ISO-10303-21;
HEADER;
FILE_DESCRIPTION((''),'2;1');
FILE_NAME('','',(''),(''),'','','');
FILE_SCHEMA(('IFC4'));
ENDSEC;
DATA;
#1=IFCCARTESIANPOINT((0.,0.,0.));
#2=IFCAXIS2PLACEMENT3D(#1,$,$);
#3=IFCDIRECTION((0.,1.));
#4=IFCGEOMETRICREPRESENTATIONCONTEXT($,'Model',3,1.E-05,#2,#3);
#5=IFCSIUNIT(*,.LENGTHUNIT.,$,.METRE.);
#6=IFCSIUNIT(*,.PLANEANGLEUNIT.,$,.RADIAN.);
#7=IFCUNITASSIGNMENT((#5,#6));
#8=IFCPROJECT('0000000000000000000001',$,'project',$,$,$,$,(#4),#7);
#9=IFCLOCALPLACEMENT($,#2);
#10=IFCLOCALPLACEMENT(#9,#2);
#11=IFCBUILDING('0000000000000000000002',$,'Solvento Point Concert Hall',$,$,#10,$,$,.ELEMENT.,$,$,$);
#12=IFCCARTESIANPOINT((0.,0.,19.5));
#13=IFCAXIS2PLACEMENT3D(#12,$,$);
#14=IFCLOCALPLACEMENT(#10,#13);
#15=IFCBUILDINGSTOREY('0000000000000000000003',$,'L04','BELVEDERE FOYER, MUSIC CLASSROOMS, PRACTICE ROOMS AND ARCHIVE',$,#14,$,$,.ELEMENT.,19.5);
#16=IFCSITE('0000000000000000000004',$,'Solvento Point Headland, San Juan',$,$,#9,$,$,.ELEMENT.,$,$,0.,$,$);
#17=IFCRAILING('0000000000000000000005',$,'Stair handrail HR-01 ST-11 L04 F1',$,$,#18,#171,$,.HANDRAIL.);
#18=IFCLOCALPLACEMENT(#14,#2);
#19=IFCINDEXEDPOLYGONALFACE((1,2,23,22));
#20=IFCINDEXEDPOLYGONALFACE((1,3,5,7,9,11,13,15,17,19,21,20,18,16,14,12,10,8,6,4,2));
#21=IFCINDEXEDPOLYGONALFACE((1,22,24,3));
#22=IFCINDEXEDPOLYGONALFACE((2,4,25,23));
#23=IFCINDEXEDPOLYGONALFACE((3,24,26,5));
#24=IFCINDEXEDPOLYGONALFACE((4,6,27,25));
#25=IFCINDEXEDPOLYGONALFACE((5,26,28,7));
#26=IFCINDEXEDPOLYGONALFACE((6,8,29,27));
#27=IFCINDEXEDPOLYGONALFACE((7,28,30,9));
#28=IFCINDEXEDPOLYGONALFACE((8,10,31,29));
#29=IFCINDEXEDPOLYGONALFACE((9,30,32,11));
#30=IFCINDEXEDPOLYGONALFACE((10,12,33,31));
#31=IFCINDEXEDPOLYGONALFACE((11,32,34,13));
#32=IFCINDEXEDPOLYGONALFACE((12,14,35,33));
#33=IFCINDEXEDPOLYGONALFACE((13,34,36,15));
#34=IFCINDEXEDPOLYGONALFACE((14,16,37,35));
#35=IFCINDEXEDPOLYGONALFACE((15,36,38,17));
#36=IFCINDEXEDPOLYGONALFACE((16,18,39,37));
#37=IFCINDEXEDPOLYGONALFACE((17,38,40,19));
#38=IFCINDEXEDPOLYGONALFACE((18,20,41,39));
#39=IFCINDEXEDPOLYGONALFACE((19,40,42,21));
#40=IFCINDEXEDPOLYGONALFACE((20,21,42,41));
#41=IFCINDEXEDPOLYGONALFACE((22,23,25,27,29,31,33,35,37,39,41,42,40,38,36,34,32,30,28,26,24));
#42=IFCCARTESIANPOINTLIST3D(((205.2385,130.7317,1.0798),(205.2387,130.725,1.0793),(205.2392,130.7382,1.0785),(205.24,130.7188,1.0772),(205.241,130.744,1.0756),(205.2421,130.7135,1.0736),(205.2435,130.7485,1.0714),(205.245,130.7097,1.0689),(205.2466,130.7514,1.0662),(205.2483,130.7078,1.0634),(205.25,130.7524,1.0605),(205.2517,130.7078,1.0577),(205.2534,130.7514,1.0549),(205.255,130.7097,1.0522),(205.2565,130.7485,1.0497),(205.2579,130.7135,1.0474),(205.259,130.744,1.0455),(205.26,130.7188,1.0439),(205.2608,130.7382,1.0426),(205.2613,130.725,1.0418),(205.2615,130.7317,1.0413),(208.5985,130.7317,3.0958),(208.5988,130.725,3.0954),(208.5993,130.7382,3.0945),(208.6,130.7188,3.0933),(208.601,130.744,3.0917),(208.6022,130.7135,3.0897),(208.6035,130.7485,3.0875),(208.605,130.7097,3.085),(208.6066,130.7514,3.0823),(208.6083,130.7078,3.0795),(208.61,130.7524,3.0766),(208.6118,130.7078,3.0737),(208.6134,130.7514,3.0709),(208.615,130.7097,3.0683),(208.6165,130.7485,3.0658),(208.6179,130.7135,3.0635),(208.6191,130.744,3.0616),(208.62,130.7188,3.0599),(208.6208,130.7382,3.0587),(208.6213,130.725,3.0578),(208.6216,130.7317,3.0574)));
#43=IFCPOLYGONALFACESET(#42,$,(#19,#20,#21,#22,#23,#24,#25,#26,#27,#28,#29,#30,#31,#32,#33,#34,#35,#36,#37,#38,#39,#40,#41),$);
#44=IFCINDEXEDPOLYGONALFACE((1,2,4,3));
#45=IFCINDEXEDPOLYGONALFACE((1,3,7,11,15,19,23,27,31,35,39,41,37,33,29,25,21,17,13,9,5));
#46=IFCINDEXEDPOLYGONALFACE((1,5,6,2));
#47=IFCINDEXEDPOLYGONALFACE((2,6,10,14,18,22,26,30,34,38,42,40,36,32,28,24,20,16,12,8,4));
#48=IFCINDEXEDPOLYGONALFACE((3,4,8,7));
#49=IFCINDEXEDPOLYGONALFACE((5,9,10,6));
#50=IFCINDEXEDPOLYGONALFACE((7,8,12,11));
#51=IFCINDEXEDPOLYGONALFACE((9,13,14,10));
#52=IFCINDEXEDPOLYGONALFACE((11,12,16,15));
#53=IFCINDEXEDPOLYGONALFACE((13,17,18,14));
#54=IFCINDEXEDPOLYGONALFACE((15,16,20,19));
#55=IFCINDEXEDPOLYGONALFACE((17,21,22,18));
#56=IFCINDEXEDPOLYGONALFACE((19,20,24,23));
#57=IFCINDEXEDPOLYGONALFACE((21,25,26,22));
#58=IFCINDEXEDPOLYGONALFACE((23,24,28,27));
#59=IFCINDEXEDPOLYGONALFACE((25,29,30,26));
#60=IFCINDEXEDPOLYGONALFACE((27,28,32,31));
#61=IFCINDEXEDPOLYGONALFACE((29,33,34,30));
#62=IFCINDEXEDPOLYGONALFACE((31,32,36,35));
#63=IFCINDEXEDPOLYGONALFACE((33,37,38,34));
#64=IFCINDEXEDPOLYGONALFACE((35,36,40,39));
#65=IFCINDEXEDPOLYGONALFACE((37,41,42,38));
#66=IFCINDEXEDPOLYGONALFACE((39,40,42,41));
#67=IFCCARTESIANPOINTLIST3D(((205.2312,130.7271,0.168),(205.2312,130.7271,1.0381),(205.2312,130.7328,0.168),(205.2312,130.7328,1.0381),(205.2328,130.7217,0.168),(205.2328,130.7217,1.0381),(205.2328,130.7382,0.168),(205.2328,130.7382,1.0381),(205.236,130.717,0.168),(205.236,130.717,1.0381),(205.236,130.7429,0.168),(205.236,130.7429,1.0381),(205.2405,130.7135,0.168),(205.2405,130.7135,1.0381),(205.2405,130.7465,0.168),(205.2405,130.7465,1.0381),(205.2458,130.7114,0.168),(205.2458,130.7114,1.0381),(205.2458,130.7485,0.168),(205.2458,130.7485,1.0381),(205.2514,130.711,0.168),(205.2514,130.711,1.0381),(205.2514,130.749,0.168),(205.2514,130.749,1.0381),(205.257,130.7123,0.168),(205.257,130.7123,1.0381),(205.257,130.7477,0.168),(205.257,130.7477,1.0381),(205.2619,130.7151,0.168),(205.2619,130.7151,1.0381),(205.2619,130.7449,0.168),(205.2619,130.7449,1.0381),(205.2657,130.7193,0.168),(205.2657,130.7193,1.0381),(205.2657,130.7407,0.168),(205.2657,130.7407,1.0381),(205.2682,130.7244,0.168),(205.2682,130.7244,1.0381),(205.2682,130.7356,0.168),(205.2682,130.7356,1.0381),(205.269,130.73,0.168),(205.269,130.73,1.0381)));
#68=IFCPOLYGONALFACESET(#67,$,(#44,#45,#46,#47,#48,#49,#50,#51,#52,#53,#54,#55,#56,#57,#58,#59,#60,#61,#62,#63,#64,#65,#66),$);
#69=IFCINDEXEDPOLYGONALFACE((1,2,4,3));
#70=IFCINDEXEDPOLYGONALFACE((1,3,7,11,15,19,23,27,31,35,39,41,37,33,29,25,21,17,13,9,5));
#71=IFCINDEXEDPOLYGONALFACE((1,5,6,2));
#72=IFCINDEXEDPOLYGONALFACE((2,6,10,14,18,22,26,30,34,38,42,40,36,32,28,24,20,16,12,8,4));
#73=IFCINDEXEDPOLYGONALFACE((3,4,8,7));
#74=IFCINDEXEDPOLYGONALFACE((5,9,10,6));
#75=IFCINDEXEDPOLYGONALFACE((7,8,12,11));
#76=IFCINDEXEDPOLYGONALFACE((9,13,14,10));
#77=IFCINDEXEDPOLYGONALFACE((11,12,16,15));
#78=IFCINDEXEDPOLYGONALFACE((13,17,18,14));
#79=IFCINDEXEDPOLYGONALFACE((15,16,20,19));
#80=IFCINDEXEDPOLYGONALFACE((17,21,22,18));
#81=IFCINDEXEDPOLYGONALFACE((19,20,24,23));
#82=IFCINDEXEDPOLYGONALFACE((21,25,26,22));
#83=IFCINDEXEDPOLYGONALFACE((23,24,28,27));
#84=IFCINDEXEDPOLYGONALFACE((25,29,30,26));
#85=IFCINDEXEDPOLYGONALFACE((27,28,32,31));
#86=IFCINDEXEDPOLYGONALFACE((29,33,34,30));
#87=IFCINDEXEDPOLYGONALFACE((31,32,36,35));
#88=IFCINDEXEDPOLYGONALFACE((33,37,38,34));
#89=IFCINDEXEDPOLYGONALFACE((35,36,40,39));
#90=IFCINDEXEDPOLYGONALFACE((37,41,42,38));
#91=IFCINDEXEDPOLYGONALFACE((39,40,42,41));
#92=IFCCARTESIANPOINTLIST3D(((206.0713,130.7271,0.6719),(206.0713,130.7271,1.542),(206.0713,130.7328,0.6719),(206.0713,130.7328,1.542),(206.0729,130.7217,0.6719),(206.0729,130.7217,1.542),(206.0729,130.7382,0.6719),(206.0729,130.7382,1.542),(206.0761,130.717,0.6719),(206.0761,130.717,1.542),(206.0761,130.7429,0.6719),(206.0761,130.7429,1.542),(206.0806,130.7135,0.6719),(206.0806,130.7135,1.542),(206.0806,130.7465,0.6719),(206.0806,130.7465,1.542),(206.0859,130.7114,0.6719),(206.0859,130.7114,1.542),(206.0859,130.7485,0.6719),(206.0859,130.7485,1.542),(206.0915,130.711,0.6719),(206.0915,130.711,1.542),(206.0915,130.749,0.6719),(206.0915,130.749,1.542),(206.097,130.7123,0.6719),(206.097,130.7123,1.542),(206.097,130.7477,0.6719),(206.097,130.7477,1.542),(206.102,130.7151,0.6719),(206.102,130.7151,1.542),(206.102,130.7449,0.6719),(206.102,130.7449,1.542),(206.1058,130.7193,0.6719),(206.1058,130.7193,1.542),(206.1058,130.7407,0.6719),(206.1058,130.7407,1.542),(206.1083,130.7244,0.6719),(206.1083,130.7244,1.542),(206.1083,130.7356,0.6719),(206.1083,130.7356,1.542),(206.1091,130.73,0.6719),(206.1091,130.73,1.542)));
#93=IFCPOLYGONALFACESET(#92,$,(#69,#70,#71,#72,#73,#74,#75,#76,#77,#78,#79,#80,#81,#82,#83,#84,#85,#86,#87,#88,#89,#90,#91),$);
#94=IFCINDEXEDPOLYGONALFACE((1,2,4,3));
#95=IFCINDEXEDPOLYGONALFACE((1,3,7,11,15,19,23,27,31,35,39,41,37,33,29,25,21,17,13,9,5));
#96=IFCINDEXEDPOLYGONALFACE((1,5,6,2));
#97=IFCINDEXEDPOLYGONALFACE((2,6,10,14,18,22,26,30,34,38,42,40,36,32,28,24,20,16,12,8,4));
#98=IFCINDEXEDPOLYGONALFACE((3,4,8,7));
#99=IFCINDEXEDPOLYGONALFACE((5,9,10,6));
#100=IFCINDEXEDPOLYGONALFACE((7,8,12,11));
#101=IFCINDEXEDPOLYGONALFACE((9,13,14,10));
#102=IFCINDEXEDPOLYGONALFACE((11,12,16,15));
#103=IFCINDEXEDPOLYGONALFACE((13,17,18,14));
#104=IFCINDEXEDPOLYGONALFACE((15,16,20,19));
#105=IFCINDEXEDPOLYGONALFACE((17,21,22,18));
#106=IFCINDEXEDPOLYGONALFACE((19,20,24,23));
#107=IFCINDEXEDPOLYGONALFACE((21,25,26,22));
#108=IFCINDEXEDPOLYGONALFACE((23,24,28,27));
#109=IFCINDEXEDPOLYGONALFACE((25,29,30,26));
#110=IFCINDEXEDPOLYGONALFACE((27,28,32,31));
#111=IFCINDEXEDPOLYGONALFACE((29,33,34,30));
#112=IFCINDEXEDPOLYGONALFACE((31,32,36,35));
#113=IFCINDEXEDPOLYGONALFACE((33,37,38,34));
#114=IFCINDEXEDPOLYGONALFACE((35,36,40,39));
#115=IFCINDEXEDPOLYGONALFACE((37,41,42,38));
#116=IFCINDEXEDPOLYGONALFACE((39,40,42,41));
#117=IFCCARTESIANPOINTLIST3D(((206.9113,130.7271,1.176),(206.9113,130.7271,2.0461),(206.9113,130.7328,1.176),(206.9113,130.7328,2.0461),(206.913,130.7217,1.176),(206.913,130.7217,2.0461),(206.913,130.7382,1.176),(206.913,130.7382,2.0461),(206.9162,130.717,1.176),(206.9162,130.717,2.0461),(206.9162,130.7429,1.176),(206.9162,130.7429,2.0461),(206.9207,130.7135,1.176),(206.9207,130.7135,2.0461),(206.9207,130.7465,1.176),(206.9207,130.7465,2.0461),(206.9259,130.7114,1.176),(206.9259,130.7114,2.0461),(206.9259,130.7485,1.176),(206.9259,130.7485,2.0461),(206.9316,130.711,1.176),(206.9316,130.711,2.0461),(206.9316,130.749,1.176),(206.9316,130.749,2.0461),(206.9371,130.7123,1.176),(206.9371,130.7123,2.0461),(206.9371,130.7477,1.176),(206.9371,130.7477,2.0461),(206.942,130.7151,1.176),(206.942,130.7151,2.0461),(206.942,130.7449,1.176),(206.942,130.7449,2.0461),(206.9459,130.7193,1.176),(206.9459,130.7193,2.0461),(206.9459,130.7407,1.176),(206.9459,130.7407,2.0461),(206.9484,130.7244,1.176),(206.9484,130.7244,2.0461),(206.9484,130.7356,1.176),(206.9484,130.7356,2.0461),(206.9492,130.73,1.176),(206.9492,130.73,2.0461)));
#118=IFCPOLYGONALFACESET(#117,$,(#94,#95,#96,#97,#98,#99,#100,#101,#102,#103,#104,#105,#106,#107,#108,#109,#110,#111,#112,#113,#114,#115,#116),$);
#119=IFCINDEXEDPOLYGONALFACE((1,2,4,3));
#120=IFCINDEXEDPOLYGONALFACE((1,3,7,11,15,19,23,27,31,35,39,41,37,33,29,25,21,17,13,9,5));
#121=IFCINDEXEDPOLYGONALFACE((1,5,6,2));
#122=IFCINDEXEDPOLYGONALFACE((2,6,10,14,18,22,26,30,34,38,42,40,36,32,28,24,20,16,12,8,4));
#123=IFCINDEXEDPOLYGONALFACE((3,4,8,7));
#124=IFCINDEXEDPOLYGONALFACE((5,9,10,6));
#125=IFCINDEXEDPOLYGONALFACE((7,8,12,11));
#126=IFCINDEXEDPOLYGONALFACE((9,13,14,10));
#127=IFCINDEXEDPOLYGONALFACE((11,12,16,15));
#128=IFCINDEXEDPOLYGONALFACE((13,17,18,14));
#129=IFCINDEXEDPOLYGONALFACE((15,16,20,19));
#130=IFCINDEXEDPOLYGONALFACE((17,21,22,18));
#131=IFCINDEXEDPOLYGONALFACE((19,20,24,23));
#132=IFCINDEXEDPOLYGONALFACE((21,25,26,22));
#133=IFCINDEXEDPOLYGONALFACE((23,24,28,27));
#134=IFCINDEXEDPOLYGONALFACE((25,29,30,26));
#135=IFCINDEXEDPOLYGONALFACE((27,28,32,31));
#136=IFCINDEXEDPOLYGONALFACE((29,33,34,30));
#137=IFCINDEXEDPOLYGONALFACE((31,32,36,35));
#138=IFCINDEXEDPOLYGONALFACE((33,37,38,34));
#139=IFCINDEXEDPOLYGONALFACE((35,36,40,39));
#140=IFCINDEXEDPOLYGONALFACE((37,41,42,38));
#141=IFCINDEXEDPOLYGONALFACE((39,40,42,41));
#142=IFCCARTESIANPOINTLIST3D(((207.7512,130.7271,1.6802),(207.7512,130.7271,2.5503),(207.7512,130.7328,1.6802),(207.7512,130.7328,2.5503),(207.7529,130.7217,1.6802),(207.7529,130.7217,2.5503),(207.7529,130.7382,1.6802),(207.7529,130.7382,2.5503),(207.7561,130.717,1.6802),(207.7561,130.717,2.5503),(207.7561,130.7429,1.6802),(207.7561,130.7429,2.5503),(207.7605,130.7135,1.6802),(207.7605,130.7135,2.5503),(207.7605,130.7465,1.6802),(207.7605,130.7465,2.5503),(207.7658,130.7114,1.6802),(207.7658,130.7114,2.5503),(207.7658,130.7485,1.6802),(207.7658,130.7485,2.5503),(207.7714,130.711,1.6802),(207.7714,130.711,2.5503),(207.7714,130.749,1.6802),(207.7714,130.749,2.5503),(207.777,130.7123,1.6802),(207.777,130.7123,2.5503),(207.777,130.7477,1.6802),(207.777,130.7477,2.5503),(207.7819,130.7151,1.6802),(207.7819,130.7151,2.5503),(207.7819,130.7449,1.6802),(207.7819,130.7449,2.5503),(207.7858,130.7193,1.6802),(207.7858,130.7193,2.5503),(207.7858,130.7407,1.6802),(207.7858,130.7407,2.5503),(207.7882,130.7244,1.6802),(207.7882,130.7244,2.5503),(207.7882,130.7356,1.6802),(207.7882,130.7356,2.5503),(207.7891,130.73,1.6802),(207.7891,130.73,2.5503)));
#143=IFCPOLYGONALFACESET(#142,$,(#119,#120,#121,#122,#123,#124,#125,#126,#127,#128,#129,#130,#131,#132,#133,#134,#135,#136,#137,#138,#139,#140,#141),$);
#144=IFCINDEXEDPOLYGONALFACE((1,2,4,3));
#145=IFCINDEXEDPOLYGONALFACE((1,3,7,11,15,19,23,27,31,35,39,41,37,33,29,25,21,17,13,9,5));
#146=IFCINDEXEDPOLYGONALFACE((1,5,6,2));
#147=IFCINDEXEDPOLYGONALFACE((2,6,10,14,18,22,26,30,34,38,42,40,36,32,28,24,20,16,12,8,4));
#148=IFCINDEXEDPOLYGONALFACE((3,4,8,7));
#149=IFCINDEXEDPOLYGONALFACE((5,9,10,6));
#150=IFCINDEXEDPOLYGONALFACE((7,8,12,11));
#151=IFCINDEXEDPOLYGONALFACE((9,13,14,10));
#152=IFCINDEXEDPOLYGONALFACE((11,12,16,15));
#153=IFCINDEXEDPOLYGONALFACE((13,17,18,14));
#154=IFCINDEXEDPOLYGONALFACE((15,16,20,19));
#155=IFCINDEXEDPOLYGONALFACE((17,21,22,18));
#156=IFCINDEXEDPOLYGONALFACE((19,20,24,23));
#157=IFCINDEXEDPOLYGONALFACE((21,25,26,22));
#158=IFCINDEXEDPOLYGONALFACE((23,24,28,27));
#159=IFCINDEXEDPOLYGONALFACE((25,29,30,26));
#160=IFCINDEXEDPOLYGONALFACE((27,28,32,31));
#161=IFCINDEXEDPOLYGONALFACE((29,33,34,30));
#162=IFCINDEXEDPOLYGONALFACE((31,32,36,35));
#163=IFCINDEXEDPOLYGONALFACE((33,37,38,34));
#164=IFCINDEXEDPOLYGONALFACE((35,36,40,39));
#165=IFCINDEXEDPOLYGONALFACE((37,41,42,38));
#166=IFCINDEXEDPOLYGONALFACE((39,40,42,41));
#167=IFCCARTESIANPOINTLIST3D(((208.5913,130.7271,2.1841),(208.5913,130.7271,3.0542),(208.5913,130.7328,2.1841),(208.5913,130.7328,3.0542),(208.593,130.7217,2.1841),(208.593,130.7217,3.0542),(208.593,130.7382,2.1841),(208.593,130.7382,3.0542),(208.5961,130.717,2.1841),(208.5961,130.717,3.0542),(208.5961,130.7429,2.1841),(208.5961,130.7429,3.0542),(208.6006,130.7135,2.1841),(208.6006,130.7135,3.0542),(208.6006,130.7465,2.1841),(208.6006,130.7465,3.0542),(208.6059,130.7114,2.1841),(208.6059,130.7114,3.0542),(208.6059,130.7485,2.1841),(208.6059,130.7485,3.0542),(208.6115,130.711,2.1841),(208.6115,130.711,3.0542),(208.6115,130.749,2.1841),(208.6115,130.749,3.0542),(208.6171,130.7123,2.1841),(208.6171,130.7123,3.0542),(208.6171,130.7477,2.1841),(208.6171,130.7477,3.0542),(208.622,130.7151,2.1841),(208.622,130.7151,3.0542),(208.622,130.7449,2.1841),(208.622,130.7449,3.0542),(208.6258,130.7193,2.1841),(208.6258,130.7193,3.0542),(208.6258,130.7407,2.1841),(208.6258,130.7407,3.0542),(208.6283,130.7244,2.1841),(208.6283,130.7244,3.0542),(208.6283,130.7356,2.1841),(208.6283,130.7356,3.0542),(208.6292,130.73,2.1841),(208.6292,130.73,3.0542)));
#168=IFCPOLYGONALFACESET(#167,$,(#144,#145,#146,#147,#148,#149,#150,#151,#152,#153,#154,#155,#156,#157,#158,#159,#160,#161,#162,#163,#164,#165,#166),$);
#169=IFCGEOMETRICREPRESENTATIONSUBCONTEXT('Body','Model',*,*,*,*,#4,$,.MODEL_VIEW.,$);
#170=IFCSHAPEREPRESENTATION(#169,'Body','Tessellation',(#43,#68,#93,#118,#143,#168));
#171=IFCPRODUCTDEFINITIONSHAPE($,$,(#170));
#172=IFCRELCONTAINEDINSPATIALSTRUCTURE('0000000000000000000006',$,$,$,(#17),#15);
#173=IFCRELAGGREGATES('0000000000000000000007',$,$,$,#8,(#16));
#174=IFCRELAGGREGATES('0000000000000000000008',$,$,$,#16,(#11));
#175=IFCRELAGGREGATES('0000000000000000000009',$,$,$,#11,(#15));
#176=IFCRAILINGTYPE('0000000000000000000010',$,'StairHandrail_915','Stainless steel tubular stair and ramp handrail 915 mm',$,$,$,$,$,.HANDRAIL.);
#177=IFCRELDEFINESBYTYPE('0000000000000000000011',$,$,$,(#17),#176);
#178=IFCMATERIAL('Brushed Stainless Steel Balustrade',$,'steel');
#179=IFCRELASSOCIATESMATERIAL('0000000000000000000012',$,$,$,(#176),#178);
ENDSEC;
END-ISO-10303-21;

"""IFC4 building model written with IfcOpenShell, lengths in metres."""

from ifc_helpers import new_model, si_unit, direction, frame, origin, origin_2d, place, context, subcontext, project, spatial, circle, extrude, material, type_object, element, save


model = new_model("IFC4")

# Units and contexts
model_context = context("Model", 3, precision=1e-05, world=origin(), true_north=direction((0.0, 1.0)))
body_context = subcontext(model_context, "Body", "Model", "MODEL_VIEW")
ifc_project = project(units=[si_unit("LENGTHUNIT", "METRE"), si_unit("PLANEANGLEUNIT", "RADIAN")], contexts=[model_context])

# Site, building, storey
site_placement = place(None, origin())
site = spatial("IfcSite", under=ifc_project, at=site_placement, Name="Solvento Point Headland, San Juan", CompositionType="ELEMENT", RefElevation=0.0)
building_placement = place(site_placement, origin())
building = spatial("IfcBuilding", under=site, at=building_placement, Name="Solvento Point Concert Hall", CompositionType="ELEMENT")
storey_placement = place(building_placement, frame((0.0, 0.0, 19.5)))
storey = spatial("IfcBuildingStorey", under=building, at=storey_placement, Name="L04", Description="BELVEDERE FOYER, MUSIC CLASSROOMS, PRACTICE ROOMS AND ARCHIVE", CompositionType="ELEMENT", Elevation=19.5)

# Railing
ifc_material_1 = material(Name="Brushed Stainless Steel Balustrade", Category="steel")
railing_type_1 = type_object("IfcRailingType", Name="StairHandrail_915", Description="Stainless steel tubular stair and ramp handrail 915 mm", PredefinedType="HANDRAIL", material=ifc_material_1)
railing_1_placement = place(storey_placement, frame((205.25, 130.73, 0.168)))
element("IfcRailing", 1, at=railing_1_placement, inside=storey, type_object=railing_type_1, Name="Stair handrail HR-01 ST-11 L04 F1", PredefinedType="HANDRAIL", context=body_context, shape_type="SweptSolid", body=[
    extrude(circle(Radius=0.0225, at=origin_2d()), frame((0.0, 0.0, 0.8926), z_axis=(0.857487, 0.0, 0.514505), x_axis=(0.0, 1.0, 0.0)), (0.0, 0.0, 1.0), 3.9185),
    extrude(circle(Radius=0.019, at=origin_2d()), origin(), (0.0, 0.0, 1.0), 0.8701),
    extrude(circle(Radius=0.019, at=origin_2d()), frame((0.8401, 0.0, 0.5039)), (0.0, 0.0, 1.0), 0.8701),
    extrude(circle(Radius=0.019, at=origin_2d()), frame((1.6802, 0.0, 1.0081)), (0.0, 0.0, 1.0), 0.8701),
    extrude(circle(Radius=0.019, at=origin_2d()), frame((2.52, 0.0, 1.5122)), (0.0, 0.0, 1.0), 0.8701),
    extrude(circle(Radius=0.019, at=origin_2d()), frame((3.3601, 0.0, 2.0161)), (0.0, 0.0, 1.0), 0.8701),
])

save(model, "model.ifc")
